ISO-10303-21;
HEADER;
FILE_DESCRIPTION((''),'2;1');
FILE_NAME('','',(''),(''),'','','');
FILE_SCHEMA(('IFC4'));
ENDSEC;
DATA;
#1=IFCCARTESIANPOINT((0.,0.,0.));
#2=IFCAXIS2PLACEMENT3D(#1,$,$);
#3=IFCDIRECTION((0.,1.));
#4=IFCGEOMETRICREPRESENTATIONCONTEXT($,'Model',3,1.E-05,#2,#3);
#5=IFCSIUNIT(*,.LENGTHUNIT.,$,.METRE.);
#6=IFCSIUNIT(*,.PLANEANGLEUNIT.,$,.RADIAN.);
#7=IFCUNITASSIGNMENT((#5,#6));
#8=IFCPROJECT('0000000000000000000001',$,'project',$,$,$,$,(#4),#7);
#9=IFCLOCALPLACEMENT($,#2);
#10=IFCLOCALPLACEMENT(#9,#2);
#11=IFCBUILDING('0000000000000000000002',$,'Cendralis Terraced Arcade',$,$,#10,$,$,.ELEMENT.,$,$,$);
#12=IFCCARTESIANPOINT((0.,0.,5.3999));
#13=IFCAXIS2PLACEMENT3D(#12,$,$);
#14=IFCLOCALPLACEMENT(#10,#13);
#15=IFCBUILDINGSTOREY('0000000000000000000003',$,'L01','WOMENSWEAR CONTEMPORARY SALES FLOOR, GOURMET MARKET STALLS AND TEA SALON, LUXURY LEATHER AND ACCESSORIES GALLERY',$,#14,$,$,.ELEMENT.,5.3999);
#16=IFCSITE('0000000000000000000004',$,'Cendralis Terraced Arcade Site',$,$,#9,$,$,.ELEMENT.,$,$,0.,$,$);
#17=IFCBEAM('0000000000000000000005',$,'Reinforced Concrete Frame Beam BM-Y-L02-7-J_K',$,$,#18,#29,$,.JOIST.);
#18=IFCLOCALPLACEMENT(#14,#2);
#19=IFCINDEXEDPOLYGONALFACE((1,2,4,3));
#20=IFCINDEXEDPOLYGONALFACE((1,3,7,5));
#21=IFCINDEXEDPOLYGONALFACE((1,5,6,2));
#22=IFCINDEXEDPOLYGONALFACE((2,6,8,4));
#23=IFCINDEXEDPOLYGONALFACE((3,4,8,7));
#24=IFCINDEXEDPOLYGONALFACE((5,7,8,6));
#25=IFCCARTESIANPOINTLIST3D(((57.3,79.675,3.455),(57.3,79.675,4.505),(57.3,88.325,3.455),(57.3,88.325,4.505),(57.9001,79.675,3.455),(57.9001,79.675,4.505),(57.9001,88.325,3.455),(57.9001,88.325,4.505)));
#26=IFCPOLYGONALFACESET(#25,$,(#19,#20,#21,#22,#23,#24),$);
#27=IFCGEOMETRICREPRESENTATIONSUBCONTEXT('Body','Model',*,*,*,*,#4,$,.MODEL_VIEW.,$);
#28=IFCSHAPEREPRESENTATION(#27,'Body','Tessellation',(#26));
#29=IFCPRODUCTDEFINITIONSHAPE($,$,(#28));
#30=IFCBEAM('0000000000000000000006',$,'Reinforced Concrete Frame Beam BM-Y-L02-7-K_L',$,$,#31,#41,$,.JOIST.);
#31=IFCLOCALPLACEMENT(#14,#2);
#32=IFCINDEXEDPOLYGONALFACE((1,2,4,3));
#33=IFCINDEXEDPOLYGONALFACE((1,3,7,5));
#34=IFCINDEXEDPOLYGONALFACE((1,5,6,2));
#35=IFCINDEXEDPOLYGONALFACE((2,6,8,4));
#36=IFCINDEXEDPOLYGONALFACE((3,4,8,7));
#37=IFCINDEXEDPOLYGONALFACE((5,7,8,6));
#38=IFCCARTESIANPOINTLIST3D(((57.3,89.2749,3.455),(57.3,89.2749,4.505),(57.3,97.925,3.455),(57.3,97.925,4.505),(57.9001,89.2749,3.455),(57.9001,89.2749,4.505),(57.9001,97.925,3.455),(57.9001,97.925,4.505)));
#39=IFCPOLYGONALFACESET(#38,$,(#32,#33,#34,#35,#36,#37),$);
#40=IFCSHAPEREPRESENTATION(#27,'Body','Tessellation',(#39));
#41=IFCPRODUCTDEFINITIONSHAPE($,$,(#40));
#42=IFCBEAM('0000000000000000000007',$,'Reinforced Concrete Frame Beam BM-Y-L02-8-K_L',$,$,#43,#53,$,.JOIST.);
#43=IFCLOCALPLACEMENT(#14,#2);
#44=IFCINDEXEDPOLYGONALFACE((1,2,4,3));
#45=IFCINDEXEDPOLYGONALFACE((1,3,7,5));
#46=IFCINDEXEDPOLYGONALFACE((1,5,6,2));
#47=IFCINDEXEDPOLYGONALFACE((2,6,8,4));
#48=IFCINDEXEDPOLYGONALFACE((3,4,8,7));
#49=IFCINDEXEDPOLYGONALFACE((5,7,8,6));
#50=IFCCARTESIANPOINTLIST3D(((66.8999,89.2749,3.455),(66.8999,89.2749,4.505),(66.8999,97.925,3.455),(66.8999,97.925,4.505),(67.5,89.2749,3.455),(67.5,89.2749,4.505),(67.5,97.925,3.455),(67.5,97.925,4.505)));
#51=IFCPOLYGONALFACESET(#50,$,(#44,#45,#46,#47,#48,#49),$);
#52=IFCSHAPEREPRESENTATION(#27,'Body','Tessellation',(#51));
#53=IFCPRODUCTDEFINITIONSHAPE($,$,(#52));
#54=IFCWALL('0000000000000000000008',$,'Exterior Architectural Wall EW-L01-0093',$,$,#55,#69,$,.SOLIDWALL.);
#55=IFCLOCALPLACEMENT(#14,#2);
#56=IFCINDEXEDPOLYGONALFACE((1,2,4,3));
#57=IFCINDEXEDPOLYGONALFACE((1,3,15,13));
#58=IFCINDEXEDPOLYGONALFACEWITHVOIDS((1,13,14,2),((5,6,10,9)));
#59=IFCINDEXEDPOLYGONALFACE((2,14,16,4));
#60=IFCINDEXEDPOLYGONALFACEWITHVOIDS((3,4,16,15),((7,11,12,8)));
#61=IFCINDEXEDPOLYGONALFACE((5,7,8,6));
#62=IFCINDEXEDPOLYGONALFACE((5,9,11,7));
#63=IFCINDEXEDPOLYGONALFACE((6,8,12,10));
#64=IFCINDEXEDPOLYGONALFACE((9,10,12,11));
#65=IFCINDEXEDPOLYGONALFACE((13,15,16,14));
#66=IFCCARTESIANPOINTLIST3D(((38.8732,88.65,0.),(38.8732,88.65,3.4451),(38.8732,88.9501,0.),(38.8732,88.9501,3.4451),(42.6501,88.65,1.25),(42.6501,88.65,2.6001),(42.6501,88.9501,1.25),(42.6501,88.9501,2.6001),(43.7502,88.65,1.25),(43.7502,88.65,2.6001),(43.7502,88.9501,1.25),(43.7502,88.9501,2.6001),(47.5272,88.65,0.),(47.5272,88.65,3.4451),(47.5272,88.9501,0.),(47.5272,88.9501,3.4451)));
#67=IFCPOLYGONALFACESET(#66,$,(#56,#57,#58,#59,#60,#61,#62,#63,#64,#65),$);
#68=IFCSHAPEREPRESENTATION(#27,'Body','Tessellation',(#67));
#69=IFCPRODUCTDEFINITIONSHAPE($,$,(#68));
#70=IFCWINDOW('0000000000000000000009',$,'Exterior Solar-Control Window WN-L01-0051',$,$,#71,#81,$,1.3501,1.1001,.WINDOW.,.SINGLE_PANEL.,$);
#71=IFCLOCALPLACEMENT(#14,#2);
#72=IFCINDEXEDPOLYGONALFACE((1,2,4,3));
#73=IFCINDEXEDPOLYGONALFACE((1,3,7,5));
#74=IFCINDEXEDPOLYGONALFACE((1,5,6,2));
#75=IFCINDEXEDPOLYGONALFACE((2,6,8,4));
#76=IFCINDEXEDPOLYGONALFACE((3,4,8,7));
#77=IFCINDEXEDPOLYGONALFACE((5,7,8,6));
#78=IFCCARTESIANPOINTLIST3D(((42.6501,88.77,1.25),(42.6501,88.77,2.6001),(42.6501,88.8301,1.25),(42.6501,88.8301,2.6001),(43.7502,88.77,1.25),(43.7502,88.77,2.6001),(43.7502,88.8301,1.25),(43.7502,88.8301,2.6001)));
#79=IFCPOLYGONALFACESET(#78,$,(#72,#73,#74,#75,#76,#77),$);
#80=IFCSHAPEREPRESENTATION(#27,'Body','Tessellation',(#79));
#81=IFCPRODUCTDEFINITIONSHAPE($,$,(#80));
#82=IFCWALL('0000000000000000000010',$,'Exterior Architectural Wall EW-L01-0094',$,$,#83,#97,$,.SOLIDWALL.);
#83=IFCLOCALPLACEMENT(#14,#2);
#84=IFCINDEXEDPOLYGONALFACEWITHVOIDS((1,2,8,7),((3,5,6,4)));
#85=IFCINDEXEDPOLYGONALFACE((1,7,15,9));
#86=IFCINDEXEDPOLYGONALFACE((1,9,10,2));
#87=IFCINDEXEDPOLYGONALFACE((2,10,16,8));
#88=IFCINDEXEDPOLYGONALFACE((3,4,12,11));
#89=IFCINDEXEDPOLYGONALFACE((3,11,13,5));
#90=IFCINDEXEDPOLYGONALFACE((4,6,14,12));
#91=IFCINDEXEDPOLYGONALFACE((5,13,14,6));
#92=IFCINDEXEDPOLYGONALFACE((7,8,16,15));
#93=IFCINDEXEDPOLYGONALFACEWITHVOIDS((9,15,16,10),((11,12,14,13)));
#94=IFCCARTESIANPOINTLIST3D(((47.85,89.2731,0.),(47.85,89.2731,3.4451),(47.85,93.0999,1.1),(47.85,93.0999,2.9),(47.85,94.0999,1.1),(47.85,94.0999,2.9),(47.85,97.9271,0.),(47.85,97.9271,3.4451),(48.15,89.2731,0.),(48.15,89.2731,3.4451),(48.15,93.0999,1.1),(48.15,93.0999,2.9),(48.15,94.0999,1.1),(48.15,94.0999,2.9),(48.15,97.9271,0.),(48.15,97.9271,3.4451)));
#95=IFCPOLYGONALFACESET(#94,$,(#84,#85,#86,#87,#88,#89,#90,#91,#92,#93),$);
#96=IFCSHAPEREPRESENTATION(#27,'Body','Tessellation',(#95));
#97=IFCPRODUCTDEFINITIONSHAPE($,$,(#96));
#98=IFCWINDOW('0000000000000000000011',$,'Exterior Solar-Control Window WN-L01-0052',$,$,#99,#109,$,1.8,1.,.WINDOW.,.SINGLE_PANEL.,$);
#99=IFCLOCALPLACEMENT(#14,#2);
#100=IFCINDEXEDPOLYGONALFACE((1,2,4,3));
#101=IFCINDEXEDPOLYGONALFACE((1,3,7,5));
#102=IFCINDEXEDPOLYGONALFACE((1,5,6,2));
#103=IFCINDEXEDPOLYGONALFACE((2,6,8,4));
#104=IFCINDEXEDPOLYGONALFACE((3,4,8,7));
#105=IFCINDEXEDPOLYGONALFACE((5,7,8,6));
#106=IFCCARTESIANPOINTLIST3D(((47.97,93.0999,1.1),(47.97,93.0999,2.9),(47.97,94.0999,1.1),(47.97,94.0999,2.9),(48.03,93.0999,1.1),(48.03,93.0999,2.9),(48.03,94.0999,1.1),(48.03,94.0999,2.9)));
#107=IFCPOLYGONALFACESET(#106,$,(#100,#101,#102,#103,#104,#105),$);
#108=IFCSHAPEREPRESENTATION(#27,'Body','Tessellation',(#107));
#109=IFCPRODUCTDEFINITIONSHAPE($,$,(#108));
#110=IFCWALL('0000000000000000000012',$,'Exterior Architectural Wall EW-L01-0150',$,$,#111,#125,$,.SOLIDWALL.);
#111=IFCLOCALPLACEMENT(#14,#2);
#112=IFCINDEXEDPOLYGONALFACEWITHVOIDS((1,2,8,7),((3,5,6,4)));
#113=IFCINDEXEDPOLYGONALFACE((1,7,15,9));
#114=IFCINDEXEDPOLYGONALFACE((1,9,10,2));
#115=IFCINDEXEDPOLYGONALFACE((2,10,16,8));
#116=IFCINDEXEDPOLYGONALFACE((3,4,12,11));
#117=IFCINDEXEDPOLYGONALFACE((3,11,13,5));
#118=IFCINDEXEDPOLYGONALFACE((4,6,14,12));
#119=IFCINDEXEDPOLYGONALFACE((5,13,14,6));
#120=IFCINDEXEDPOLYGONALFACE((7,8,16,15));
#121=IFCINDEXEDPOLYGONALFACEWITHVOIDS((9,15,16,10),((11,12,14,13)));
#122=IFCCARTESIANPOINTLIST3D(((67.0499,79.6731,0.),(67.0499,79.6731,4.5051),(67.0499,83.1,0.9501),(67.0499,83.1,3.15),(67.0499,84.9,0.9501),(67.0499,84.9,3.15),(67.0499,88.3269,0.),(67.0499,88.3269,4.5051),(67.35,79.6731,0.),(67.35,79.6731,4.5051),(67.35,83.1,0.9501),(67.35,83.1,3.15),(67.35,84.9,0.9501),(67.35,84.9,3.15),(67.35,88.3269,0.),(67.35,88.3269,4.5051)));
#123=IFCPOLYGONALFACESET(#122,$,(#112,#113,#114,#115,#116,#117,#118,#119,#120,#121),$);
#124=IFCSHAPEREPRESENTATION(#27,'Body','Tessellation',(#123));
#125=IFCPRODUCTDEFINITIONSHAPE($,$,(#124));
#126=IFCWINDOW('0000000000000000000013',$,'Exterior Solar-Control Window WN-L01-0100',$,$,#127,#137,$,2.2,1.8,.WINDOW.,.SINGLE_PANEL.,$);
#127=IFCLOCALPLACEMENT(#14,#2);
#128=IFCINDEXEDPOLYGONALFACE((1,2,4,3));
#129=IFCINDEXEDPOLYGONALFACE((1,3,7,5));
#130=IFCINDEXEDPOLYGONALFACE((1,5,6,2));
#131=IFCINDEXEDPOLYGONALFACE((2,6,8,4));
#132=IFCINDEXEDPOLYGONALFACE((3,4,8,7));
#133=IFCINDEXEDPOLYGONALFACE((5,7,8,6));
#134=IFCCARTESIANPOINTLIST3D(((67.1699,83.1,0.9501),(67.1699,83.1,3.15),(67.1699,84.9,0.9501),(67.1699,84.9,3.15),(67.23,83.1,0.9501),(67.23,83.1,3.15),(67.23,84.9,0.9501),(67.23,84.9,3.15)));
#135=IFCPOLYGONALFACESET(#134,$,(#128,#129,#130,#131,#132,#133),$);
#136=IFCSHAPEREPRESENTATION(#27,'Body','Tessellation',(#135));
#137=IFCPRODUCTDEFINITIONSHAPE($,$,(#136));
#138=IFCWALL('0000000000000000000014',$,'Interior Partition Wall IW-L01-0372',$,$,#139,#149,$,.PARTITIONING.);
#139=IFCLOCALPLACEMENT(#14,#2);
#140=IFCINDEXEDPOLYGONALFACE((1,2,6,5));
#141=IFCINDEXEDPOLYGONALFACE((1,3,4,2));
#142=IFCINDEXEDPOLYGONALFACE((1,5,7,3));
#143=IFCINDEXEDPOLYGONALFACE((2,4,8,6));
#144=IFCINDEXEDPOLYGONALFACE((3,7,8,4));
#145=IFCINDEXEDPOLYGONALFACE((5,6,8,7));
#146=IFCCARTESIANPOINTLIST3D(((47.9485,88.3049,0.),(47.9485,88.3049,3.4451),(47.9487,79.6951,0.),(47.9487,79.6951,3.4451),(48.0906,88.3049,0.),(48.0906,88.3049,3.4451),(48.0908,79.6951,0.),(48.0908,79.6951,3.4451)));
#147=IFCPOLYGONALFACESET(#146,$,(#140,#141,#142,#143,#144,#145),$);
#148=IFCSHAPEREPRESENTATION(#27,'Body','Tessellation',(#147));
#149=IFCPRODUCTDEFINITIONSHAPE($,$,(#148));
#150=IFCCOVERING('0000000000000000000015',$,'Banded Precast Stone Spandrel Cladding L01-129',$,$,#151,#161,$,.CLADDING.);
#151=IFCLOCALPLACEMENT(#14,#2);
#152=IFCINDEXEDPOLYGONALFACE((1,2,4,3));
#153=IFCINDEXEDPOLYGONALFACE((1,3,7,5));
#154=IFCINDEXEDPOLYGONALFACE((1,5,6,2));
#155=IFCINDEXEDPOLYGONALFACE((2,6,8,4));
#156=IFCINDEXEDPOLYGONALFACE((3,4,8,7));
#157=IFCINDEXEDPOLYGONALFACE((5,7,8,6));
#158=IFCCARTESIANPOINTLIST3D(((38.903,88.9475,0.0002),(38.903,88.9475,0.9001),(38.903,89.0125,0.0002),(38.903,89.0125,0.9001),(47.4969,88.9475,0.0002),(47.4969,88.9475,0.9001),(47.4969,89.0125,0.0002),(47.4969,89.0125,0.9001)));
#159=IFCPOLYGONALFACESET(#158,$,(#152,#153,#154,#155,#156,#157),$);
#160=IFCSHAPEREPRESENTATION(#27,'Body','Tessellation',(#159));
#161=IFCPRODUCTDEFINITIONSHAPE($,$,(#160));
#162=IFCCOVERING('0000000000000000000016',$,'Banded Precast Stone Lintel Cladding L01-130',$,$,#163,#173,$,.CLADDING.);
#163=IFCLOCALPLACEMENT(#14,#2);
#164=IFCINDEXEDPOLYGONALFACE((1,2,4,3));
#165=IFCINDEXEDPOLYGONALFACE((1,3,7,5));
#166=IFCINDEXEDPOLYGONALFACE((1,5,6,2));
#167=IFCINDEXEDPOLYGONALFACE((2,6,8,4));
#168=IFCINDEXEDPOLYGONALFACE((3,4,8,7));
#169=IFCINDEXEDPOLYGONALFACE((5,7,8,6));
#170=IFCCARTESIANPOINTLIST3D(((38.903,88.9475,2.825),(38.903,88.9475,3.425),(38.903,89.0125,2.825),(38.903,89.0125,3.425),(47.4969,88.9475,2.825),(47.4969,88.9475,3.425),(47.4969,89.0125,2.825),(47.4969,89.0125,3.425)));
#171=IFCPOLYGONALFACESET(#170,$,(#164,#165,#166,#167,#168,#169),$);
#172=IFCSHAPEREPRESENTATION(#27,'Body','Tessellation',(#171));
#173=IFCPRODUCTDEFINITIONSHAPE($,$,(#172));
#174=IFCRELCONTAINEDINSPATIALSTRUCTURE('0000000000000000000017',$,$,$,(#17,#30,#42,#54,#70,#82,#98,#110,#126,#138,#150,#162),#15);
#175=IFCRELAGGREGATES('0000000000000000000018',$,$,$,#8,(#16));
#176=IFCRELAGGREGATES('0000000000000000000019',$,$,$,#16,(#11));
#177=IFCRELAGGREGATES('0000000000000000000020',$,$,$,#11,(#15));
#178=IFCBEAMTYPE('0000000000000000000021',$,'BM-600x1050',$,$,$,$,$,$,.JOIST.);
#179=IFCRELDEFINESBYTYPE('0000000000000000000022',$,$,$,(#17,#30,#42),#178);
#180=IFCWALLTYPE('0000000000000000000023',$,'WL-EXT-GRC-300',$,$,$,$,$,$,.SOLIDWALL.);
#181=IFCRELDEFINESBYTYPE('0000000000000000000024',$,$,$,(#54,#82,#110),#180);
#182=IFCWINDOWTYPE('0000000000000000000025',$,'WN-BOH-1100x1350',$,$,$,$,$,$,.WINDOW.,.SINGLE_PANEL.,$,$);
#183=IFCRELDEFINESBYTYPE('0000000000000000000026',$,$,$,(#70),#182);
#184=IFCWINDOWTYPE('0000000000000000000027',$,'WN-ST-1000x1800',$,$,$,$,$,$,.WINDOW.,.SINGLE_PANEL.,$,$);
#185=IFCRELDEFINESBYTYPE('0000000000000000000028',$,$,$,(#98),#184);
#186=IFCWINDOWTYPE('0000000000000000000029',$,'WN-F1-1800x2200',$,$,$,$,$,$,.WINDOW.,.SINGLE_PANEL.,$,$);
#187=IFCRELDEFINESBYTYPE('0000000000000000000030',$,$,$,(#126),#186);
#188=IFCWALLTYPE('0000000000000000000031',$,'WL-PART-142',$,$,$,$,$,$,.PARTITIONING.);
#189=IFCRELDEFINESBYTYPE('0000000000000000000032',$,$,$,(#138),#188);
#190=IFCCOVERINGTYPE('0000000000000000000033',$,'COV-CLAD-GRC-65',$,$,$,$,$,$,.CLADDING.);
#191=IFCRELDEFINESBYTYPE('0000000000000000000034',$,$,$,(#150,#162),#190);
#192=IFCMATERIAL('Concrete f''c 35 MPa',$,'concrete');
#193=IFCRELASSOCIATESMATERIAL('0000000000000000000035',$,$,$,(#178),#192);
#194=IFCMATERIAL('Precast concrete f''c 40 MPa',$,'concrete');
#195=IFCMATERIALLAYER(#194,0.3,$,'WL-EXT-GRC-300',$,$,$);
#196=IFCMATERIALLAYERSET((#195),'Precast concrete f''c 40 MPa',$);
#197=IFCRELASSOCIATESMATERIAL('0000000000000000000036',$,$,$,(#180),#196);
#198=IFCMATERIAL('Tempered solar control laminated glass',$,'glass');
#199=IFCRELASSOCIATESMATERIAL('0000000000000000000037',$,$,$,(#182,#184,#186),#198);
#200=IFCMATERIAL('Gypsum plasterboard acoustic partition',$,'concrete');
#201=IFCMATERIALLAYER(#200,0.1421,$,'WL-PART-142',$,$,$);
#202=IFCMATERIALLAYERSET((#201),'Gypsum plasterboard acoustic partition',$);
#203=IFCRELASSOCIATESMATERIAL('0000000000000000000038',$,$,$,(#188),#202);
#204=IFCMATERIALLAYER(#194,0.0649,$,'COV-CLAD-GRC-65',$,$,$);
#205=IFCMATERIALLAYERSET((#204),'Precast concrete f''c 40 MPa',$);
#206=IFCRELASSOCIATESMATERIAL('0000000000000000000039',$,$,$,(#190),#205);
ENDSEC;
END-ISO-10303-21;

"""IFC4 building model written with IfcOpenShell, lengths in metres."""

from ifc_helpers import new_model, si_unit, direction, frame, frame_2d, origin, origin_2d, place, context, subcontext, project, spatial, rectangle, extrude, material, layer, layer_set, material_profile, profile_set, type_object, element, fill, save


model = new_model("IFC4")

# Units and contexts
model_context = context("Model", 3, precision=1e-05, world=origin(), true_north=direction((0.0, 1.0)))
body_context = subcontext(model_context, "Body", "Model", "MODEL_VIEW")
ifc_project = project(units=[si_unit("LENGTHUNIT", "METRE"), si_unit("PLANEANGLEUNIT", "RADIAN")], contexts=[model_context])

# Site, building, storey
site_placement = place(None, origin())
site = spatial("IfcSite", under=ifc_project, at=site_placement, Name="Cendralis Terraced Arcade Site", CompositionType="ELEMENT", RefElevation=0.0)
building_placement = place(site_placement, origin())
building = spatial("IfcBuilding", under=site, at=building_placement, Name="Cendralis Terraced Arcade", CompositionType="ELEMENT")
storey_placement = place(building_placement, frame((0.0, 0.0, 5.3999)))
storey = spatial("IfcBuildingStorey", under=building, at=storey_placement, Name="L01", Description="WOMENSWEAR CONTEMPORARY SALES FLOOR, GOURMET MARKET STALLS AND TEA SALON, LUXURY LEATHER AND ACCESSORIES GALLERY", CompositionType="ELEMENT", Elevation=5.3999)

# Beams
ifc_material_1 = material(Name="Concrete f'c 35 MPa", Category="concrete")
ifc_material_profile_1 = material_profile(ifc_material_1, rectangle(XDim=0.6001, YDim=1.05, at=origin_2d()), Name="RC-BM-600x1050", Category="LoadBearing")
ifc_profile_set_1 = profile_set([ifc_material_profile_1], Name="Concrete f'c 35 MPa")
beam_type = type_object("IfcBeamType", Name="BM-600x1050", PredefinedType="JOIST", material=ifc_profile_set_1)
beam_1_placement = place(storey_placement, frame((57.6001, 79.675, 3.98), z_axis=(0.0, 1.0, 0.0), x_axis=(-1.0, 0.0, 0.0)))
element("IfcBeam", 1, at=beam_1_placement, inside=storey, type_object=beam_type, Name="Reinforced Concrete Frame Beam BM-Y-L02-7-J_K", PredefinedType="JOIST", context=body_context, shape_type="SweptSolid", body=[
    extrude(rectangle(XDim=0.6001, YDim=1.05, at=origin_2d()), origin(), (0.0, 0.0, 1.0), 8.6499),
])
for number, where, z_axis, x_axis, name in (
    (2, (57.6001, 89.2749, 3.98), (0.0, 1.0, 0.0), (-1.0, 0.0, 0.0), "Reinforced Concrete Frame Beam BM-Y-L02-7-K_L"),
    (3, (67.2, 89.2749, 3.98), (0.0, 1.0, 0.0), (-1.0, 0.0, 0.0), "Reinforced Concrete Frame Beam BM-Y-L02-8-K_L"),
):
    element("IfcBeam", number, at=place(storey_placement, frame(where, z_axis=z_axis, x_axis=x_axis)), inside=storey, type_object=beam_type, Name=name, PredefinedType="JOIST", context=body_context, shape_type="SweptSolid", body=[
        extrude(rectangle(XDim=0.6001, YDim=1.05, at=origin_2d()), origin(), (0.0, 0.0, 1.0), 8.6501),
    ])

# Walls, openings, windows
ifc_material_2 = material(Name="Precast concrete f'c 40 MPa", Category="concrete")
ifc_layer_1 = layer(ifc_material_2, 0.3, Name="WL-EXT-GRC-300")
ifc_layer_set_1 = layer_set([ifc_layer_1], Name="Precast concrete f'c 40 MPa")
wall_type_1 = type_object("IfcWallType", Name="WL-EXT-GRC-300", PredefinedType="SOLIDWALL", material=ifc_layer_set_1)
wall_1_placement = place(storey_placement, frame((38.873, 88.8, 0.0), z_axis=(0.0, 0.0, 1.0), x_axis=(1.0, 0.0, 0.0)))
wall_1 = element("IfcWall", 4, at=wall_1_placement, inside=storey, type_object=wall_type_1, Name="Exterior Architectural Wall EW-L01-0093", PredefinedType="SOLIDWALL", context=body_context, shape_type="SweptSolid", body=[
    extrude(rectangle(XDim=8.6541, YDim=0.3, at=frame_2d((4.3271, 0.0))), origin(), (0.0, 0.0, 1.0), 3.4451),
])
opening_1_placement = place(wall_1_placement, frame((3.7771, 0.0, 1.25)))
opening_1 = element("IfcOpeningElement", 5, at=opening_1_placement, cuts=wall_1, PredefinedType="OPENING", context=body_context, shape_type="SweptSolid", body=[
    extrude(rectangle(XDim=1.1001, YDim=1.3501, at=frame_2d((0.55, 0.675))), frame((0.0, 0.1621, 0.0), z_axis=(0.0, -1.0, 0.0), x_axis=(1.0, 0.0, 0.0)), (0.0, 0.0, 1.0), 0.324),
])
ifc_material_3 = material(Name="Tempered solar control laminated glass", Category="glass")
window_type_1 = type_object("IfcWindowType", Name="WN-BOH-1100x1350", PartitioningType="SINGLE_PANEL", PredefinedType="WINDOW", material=ifc_material_3)
window_1_placement = place(opening_1_placement, origin())
window_1 = element("IfcWindow", 6, at=window_1_placement, inside=storey, type_object=window_type_1, Name="Exterior Solar-Control Window WN-L01-0051", OverallHeight=1.3501, OverallWidth=1.1001, PartitioningType="SINGLE_PANEL", PredefinedType="WINDOW", context=body_context, shape_type="SweptSolid", body=[
    extrude(rectangle(XDim=1.1001, YDim=1.3501, at=frame_2d((0.55, 0.675))), frame((0.0, 0.03, 0.0), z_axis=(0.0, -1.0, 0.0), x_axis=(1.0, 0.0, 0.0)), (0.0, 0.0, 1.0), 0.0601),
])
fill(opening_1, window_1)
wall_2_placement = place(storey_placement, frame((48.0, 89.2729, 0.0), z_axis=(0.0, 0.0, 1.0), x_axis=(0.0, 1.0, 0.0)))
wall_2 = element("IfcWall", 7, at=wall_2_placement, inside=storey, type_object=wall_type_1, Name="Exterior Architectural Wall EW-L01-0094", PredefinedType="SOLIDWALL", context=body_context, shape_type="SweptSolid", body=[
    extrude(rectangle(XDim=8.6541, YDim=0.3, at=frame_2d((4.3271, 0.0))), origin(), (0.0, 0.0, 1.0), 3.4451),
])
opening_2_placement = place(wall_2_placement, frame((3.8269, 0.0, 1.1001)))
opening_2 = element("IfcOpeningElement", 8, at=opening_2_placement, cuts=wall_2, PredefinedType="OPENING", context=body_context, shape_type="SweptSolid", body=[
    extrude(rectangle(XDim=1.0, YDim=1.8, at=frame_2d((0.5, 0.8999))), frame((0.0, 0.1621, 0.0), z_axis=(0.0, -1.0, 0.0), x_axis=(1.0, 0.0, 0.0)), (0.0, 0.0, 1.0), 0.324),
])
window_type_2 = type_object("IfcWindowType", Name="WN-ST-1000x1800", PartitioningType="SINGLE_PANEL", PredefinedType="WINDOW", material=ifc_material_3)
window_2_placement = place(opening_2_placement, origin())
window_2 = element("IfcWindow", 9, at=window_2_placement, inside=storey, type_object=window_type_2, Name="Exterior Solar-Control Window WN-L01-0052", OverallHeight=1.8, OverallWidth=1.0, PartitioningType="SINGLE_PANEL", PredefinedType="WINDOW", context=body_context, shape_type="SweptSolid", body=[
    extrude(rectangle(XDim=1.0, YDim=1.8, at=frame_2d((0.5, 0.8999))), frame((0.0, 0.03, 0.0), z_axis=(0.0, -1.0, 0.0), x_axis=(1.0, 0.0, 0.0)), (0.0, 0.0, 1.0), 0.0601),
])
fill(opening_2, window_2)
wall_3_placement = place(storey_placement, frame((67.2, 88.3269, 0.0), z_axis=(0.0, 0.0, 1.0), x_axis=(0.0, -1.0, 0.0)))
wall_3 = element("IfcWall", 10, at=wall_3_placement, inside=storey, type_object=wall_type_1, Name="Exterior Architectural Wall EW-L01-0150", PredefinedType="SOLIDWALL", context=body_context, shape_type="SweptSolid", body=[
    extrude(rectangle(XDim=8.6538, YDim=0.3, at=frame_2d((4.3269, 0.0))), origin(), (0.0, 0.0, 1.0), 4.5051),
])
opening_3_placement = place(wall_3_placement, frame((3.427, 0.0, 0.95)))
opening_3 = element("IfcOpeningElement", 11, at=opening_3_placement, cuts=wall_3, PredefinedType="OPENING", context=body_context, shape_type="SweptSolid", body=[
    extrude(rectangle(XDim=1.8, YDim=2.2, at=frame_2d((0.8999, 1.1001))), frame((0.0, 0.1621, 0.0), z_axis=(0.0, -1.0, 0.0), x_axis=(1.0, 0.0, 0.0)), (0.0, 0.0, 1.0), 0.324),
])
window_type_3 = type_object("IfcWindowType", Name="WN-F1-1800x2200", PartitioningType="SINGLE_PANEL", PredefinedType="WINDOW", material=ifc_material_3)
window_3_placement = place(opening_3_placement, origin())
window_3 = element("IfcWindow", 12, at=window_3_placement, inside=storey, type_object=window_type_3, Name="Exterior Solar-Control Window WN-L01-0100", OverallHeight=2.2, OverallWidth=1.8, PartitioningType="SINGLE_PANEL", PredefinedType="WINDOW", context=body_context, shape_type="SweptSolid", body=[
    extrude(rectangle(XDim=1.8, YDim=2.2, at=frame_2d((0.8999, 1.1001))), frame((0.0, 0.03, 0.0), z_axis=(0.0, -1.0, 0.0), x_axis=(1.0, 0.0, 0.0)), (0.0, 0.0, 1.0), 0.0601),
])
fill(opening_3, window_3)

# Wall
ifc_material_4 = material(Name="Gypsum plasterboard acoustic partition", Category="concrete")
ifc_layer_2 = layer(ifc_material_4, 0.1421, Name="WL-PART-142")
ifc_layer_set_2 = layer_set([ifc_layer_2], Name="Gypsum plasterboard acoustic partition")
wall_type_2 = type_object("IfcWallType", Name="WL-PART-142", PredefinedType="PARTITIONING", material=ifc_layer_set_2)
wall_4_placement = place(storey_placement, frame((48.0195, 88.3049, 0.0), z_axis=(0.0, 0.0, 1.0), x_axis=(0.000028, -1.0, 0.0)))
element("IfcWall", 13, at=wall_4_placement, inside=storey, type_object=wall_type_2, Name="Interior Partition Wall IW-L01-0372", PredefinedType="PARTITIONING", context=body_context, shape_type="SweptSolid", body=[
    extrude(rectangle(XDim=8.6099, YDim=0.1421, at=frame_2d((4.3049, 0.0))), origin(), (0.0, 0.0, 1.0), 3.4451),
])

# Coverings
ifc_layer_3 = layer(ifc_material_2, 0.0649, Name="COV-CLAD-GRC-65")
ifc_layer_set_3 = layer_set([ifc_layer_3], Name="Precast concrete f'c 40 MPa")
covering_type = type_object("IfcCoveringType", Name="COV-CLAD-GRC-65", PredefinedType="CLADDING", material=ifc_layer_set_3)
covering_1_placement = place(storey_placement, frame((43.2, 88.98, 0.0002), z_axis=(0.0, 0.0, 1.0), x_axis=(1.0, 0.0, 0.0)))
element("IfcCovering", 14, at=covering_1_placement, inside=storey, type_object=covering_type, Name="Banded Precast Stone Spandrel Cladding L01-129", PredefinedType="CLADDING", context=body_context, shape_type="SweptSolid", body=[
    extrude(rectangle(XDim=8.594, YDim=0.0649, at=origin_2d()), origin(), (0.0, 0.0, 1.0), 0.8999),
])
covering_2_placement = place(storey_placement, frame((43.2, 88.98, 2.825), z_axis=(0.0, 0.0, 1.0), x_axis=(1.0, 0.0, 0.0)))
element("IfcCovering", 15, at=covering_2_placement, inside=storey, type_object=covering_type, Name="Banded Precast Stone Lintel Cladding L01-130", PredefinedType="CLADDING", context=body_context, shape_type="SweptSolid", body=[
    extrude(rectangle(XDim=8.594, YDim=0.0649, at=origin_2d()), origin(), (0.0, 0.0, 1.0), 0.6001),
])

save(model, "model.ifc")
